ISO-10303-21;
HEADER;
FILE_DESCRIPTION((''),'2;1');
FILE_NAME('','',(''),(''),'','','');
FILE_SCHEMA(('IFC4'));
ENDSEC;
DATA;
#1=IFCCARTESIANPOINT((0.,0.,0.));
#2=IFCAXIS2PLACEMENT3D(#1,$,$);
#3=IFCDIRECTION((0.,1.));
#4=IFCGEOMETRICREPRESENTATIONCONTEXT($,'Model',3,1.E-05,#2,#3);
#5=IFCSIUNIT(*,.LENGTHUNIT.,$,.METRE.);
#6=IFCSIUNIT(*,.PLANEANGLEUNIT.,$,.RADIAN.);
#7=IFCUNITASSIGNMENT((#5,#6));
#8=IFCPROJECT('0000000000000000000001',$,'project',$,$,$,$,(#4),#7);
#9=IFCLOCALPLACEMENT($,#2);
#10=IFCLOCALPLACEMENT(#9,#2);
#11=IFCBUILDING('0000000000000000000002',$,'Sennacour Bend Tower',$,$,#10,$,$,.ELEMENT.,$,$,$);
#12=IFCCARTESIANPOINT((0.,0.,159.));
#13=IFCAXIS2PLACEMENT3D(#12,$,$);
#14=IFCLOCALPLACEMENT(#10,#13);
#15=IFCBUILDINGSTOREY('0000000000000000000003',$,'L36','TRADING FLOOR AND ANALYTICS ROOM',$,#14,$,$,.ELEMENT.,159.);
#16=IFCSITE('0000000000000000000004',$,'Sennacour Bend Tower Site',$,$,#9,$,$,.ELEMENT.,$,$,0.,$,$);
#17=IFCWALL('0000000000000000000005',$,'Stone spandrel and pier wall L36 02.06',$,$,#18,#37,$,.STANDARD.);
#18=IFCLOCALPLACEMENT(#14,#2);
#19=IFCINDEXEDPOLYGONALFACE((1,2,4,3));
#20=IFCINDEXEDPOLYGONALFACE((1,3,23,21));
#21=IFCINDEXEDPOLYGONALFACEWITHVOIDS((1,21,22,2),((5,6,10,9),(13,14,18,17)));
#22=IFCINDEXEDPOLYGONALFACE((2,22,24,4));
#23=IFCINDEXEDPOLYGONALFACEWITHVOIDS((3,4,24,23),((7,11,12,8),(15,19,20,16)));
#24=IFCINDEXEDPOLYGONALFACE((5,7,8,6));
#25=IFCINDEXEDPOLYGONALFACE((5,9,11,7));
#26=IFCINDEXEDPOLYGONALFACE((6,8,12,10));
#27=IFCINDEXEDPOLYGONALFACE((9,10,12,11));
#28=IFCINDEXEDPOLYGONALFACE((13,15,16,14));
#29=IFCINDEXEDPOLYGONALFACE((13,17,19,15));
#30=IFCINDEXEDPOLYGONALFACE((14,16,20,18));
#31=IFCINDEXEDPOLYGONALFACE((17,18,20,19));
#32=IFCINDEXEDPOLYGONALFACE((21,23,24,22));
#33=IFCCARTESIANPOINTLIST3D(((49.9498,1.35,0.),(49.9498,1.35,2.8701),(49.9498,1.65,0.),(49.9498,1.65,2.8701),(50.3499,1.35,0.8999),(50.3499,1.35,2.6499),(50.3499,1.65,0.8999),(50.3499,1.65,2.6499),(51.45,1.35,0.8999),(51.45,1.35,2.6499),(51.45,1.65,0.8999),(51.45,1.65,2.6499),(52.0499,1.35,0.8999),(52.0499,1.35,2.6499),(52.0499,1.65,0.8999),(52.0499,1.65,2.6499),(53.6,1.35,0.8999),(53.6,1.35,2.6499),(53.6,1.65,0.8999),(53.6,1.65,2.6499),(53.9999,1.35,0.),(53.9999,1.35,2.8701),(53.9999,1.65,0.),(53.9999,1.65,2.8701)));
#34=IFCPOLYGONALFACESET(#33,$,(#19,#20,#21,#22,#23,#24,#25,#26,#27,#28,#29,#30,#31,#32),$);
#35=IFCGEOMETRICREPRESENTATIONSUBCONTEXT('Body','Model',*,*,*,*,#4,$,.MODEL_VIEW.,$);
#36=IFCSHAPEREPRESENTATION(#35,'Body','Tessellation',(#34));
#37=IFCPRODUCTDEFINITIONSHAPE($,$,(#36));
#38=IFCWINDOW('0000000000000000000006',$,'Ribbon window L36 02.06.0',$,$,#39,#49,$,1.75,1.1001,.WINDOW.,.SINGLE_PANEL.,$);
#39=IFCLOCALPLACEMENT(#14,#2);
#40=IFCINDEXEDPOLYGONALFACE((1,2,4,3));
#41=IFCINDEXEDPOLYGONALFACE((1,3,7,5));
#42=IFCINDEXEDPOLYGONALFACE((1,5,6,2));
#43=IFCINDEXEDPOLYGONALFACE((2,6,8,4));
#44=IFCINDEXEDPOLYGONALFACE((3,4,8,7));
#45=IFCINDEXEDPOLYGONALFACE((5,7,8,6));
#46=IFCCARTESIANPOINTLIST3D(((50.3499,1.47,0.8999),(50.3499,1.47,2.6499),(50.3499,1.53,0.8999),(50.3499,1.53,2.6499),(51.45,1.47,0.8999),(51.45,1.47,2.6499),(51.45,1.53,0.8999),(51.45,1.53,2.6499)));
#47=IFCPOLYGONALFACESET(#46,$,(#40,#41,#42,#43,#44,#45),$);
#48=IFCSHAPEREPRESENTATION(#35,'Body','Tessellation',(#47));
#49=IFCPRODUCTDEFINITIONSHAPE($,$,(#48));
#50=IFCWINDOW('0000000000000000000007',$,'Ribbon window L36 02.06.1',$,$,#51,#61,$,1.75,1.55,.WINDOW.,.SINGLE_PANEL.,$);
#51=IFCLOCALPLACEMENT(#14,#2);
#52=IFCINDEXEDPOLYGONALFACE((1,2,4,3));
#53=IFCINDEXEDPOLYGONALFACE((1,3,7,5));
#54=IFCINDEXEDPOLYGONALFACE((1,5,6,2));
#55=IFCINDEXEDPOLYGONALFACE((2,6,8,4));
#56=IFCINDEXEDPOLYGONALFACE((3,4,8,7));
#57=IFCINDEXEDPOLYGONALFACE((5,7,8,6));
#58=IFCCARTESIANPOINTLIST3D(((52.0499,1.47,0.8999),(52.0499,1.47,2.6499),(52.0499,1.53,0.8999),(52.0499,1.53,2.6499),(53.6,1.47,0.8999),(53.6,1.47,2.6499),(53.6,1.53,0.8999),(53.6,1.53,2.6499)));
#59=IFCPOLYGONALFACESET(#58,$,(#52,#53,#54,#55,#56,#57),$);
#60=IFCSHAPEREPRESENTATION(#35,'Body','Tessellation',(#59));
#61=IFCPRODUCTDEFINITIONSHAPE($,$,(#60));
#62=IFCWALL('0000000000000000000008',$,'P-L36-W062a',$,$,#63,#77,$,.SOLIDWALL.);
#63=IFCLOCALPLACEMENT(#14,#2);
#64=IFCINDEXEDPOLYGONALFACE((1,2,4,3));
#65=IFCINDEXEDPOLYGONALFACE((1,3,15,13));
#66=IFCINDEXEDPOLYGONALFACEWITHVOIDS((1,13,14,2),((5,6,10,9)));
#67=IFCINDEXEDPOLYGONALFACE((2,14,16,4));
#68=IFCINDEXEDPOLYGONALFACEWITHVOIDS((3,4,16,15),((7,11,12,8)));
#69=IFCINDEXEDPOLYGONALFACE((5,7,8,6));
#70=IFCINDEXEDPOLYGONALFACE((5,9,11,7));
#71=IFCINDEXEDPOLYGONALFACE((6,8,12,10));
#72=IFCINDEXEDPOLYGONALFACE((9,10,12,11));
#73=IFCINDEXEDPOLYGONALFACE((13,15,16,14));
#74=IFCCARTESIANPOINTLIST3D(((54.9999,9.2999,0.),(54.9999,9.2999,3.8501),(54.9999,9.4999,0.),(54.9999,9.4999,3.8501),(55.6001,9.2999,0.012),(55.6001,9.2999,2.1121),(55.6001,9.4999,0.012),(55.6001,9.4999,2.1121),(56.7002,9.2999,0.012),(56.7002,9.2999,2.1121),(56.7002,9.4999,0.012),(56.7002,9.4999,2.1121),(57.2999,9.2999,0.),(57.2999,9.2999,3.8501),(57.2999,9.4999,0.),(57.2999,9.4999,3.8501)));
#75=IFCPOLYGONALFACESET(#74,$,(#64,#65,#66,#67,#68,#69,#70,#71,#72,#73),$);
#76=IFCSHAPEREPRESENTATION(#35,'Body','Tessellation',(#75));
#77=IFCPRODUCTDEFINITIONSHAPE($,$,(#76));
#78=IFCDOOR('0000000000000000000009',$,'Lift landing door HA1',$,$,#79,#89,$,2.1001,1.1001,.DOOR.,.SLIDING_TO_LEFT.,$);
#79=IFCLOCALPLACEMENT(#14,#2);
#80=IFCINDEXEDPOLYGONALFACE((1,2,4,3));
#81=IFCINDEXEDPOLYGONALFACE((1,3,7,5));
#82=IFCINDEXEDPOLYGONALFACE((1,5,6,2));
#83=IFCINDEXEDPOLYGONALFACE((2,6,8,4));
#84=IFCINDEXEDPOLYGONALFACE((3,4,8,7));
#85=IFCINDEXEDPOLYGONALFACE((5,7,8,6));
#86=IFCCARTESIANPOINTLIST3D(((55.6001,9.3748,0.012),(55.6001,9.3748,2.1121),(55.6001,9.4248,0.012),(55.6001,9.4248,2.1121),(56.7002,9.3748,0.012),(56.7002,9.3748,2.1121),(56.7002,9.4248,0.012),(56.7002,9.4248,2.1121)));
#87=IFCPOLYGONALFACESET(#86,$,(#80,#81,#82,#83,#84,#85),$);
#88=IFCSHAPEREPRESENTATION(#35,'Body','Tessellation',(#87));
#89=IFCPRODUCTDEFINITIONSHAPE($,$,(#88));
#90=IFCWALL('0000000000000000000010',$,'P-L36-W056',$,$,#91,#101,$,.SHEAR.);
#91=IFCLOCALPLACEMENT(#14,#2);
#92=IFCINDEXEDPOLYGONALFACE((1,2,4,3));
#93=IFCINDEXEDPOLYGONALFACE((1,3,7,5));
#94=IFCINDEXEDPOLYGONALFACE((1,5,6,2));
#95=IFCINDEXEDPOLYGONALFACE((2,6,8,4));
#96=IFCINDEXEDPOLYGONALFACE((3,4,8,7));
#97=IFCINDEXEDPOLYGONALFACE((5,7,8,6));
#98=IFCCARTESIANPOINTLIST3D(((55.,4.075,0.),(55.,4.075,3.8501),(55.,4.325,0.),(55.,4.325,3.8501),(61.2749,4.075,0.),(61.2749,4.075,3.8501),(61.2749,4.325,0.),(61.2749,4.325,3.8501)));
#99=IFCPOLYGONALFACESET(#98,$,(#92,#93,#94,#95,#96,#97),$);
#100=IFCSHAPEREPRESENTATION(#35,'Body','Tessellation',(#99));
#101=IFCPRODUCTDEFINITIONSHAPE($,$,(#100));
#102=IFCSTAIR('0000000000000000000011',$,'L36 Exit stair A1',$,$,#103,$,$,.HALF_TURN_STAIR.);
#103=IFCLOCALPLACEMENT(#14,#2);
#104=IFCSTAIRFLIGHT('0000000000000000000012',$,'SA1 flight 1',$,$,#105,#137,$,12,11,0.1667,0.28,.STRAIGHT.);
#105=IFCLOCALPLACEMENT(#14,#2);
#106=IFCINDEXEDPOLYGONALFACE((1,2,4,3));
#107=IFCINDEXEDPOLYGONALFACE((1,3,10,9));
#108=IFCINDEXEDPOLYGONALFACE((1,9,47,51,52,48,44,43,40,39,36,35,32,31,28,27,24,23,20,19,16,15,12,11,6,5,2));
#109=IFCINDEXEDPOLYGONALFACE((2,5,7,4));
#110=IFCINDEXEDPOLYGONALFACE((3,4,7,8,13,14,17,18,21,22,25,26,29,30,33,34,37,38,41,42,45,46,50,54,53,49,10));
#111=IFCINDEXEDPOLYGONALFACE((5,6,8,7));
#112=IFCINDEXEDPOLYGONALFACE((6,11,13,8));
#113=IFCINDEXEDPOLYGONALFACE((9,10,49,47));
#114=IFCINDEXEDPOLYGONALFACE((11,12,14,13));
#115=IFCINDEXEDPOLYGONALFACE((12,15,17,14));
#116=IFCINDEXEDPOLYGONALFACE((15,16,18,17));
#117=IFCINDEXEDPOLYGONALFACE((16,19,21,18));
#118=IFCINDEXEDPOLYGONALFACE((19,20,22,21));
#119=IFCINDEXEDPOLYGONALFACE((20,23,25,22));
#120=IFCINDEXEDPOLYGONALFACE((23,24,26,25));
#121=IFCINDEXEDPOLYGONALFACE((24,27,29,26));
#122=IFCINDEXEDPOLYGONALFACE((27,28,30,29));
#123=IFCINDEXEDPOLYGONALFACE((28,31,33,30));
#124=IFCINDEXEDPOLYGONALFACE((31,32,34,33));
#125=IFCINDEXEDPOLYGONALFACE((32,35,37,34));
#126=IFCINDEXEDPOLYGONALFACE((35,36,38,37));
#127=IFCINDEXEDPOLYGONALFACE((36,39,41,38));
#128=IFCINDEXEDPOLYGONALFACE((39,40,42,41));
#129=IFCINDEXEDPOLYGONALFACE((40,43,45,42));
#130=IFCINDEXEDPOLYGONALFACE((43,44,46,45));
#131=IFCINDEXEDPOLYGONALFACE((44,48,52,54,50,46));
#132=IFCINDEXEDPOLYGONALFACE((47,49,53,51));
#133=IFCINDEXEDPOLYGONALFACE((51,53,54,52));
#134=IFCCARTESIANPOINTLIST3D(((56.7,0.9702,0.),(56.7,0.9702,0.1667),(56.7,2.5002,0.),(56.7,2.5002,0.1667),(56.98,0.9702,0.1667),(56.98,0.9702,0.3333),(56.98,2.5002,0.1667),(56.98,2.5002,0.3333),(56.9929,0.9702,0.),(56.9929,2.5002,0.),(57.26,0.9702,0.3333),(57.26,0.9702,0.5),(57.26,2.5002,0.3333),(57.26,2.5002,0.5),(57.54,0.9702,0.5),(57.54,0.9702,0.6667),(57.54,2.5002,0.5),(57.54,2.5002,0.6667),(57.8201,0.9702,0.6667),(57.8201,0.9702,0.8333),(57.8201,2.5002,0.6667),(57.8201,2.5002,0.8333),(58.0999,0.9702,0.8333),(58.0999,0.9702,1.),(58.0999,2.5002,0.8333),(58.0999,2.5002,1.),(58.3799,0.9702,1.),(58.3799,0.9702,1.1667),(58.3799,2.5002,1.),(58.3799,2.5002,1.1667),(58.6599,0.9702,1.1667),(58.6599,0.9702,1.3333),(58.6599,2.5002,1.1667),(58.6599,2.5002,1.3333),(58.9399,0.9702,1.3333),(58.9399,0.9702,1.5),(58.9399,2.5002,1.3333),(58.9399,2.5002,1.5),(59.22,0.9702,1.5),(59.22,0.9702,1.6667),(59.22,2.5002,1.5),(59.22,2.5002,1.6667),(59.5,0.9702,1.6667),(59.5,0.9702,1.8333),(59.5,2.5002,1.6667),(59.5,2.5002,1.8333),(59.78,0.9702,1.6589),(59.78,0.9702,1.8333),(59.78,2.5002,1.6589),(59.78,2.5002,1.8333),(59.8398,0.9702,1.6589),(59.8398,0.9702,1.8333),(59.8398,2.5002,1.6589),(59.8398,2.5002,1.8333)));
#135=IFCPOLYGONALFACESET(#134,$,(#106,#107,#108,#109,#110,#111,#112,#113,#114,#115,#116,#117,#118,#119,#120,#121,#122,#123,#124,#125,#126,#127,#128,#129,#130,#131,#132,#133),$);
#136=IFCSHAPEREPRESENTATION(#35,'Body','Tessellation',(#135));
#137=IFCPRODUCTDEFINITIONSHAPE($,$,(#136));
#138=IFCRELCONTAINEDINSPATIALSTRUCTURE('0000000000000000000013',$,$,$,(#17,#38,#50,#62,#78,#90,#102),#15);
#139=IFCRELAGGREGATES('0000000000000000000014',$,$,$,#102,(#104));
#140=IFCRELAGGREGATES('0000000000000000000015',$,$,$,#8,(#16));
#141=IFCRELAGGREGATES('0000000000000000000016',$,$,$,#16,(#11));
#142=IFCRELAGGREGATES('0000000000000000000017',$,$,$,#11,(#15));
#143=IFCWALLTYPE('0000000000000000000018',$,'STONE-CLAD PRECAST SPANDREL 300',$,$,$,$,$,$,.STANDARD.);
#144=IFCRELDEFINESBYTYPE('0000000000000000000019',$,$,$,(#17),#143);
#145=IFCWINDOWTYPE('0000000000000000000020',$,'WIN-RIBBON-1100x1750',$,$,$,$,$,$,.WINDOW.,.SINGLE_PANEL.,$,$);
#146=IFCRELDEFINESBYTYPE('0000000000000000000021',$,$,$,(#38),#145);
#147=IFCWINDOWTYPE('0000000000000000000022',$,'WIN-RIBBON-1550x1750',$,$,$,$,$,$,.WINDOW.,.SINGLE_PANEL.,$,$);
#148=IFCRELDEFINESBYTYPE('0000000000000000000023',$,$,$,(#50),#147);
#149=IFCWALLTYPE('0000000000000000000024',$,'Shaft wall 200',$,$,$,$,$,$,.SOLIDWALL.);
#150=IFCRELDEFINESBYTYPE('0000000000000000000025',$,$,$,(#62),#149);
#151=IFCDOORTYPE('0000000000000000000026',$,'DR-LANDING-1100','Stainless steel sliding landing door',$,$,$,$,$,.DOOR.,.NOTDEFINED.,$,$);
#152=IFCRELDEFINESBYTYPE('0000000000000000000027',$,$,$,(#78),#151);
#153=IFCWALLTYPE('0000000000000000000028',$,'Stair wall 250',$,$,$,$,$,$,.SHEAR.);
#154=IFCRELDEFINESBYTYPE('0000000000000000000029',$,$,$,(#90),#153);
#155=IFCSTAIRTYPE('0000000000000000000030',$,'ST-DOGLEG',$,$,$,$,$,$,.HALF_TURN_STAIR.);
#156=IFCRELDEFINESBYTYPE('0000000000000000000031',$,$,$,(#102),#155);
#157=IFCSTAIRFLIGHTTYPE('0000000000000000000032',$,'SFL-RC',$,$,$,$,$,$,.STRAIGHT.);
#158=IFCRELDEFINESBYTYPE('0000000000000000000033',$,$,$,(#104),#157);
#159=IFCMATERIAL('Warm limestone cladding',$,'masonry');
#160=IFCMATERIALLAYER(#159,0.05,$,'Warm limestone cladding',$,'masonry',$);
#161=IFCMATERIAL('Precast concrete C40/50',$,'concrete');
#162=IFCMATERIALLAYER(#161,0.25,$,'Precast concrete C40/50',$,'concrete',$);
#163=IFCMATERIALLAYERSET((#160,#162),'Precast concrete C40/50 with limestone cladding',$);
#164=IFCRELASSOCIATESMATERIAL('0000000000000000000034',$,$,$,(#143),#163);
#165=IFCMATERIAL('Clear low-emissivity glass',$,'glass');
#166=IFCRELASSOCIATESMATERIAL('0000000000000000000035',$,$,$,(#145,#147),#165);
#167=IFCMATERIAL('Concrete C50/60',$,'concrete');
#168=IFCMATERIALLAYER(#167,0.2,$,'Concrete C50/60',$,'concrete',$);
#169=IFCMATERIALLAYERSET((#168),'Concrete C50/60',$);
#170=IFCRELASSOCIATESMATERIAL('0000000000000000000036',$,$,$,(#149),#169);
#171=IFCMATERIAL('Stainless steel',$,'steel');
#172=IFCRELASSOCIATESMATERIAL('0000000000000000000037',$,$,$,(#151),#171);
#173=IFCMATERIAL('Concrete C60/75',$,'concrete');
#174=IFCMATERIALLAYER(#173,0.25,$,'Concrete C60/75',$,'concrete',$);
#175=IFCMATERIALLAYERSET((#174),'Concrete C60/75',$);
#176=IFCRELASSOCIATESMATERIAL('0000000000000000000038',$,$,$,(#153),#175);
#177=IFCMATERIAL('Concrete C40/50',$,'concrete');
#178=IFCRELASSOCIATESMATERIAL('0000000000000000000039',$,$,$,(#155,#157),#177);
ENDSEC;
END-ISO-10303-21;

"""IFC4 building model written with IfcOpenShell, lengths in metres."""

from ifc_helpers import new_model, si_unit, direction, frame, frame_2d, origin, place, context, subcontext, project, spatial, polyline, rectangle, outline, extrude, material, layer, layer_set, type_object, element, fill, aggregate, save


model = new_model("IFC4")

# Units and contexts
model_context = context("Model", 3, precision=1e-05, world=origin(), true_north=direction((0.0, 1.0)))
body_context = subcontext(model_context, "Body", "Model", "MODEL_VIEW")
ifc_project = project(units=[si_unit("LENGTHUNIT", "METRE"), si_unit("PLANEANGLEUNIT", "RADIAN")], contexts=[model_context])

# Site, building, storey
site_placement = place(None, origin())
site = spatial("IfcSite", under=ifc_project, at=site_placement, Name="Sennacour Bend Tower Site", CompositionType="ELEMENT", RefElevation=0.0)
building_placement = place(site_placement, origin())
building = spatial("IfcBuilding", under=site, at=building_placement, Name="Sennacour Bend Tower", CompositionType="ELEMENT")
storey_placement = place(building_placement, frame((0.0, 0.0, 159.0)))
storey = spatial("IfcBuildingStorey", under=building, at=storey_placement, Name="L36", Description="TRADING FLOOR AND ANALYTICS ROOM", CompositionType="ELEMENT", Elevation=159.0)

# Shared definitions
ifc_material_1 = material(Name="Concrete C60/75", Category="concrete")

# Wall, openings, windows
ifc_material_2 = material(Name="Warm limestone cladding", Category="masonry")
ifc_layer_1 = layer(ifc_material_2, 0.05, Name="Warm limestone cladding", Category="masonry")
ifc_material_3 = material(Name="Precast concrete C40/50", Category="concrete")
ifc_layer_2 = layer(ifc_material_3, 0.25, Name="Precast concrete C40/50", Category="concrete")
ifc_layer_set_1 = layer_set([ifc_layer_1, ifc_layer_2], Name="Precast concrete C40/50 with limestone cladding")
wall_type_1 = type_object("IfcWallType", Name="STONE-CLAD PRECAST SPANDREL 300", PredefinedType="STANDARD", material=ifc_layer_set_1)
wall_1_placement = place(storey_placement, frame((49.95, 1.5, 0.0), z_axis=(0.0, 0.0, 1.0), x_axis=(1.0, 0.0, 0.0)))
wall_1 = element("IfcWall", 1, at=wall_1_placement, inside=storey, type_object=wall_type_1, Name="Stone spandrel and pier wall L36 02.06", PredefinedType="STANDARD", context=body_context, shape_type="SweptSolid", body=[
    extrude(rectangle(XDim=4.05, YDim=0.3, at=frame_2d((2.0249, 0.0))), origin(), (0.0, 0.0, 1.0), 2.8701),
])
opening_1_placement = place(wall_1_placement, frame((0.3999, 0.0, 0.8999)))
opening_1 = element("IfcOpeningElement", 2, at=opening_1_placement, cuts=wall_1, PredefinedType="OPENING", context=body_context, shape_type="SweptSolid", body=[
    extrude(rectangle(XDim=1.1001, YDim=1.75, at=frame_2d((0.55, 0.875))), frame((0.0, 0.1602, 0.0), z_axis=(0.0, -1.0, 0.0), x_axis=(1.0, 0.0, 0.0)), (0.0, 0.0, 1.0), 0.3201),
])
opening_2_placement = place(wall_1_placement, frame((2.1001, 0.0, 0.8999)))
opening_2 = element("IfcOpeningElement", 3, at=opening_2_placement, cuts=wall_1, PredefinedType="OPENING", context=body_context, shape_type="SweptSolid", body=[
    extrude(rectangle(XDim=1.55, YDim=1.75, at=frame_2d((0.7749, 0.875))), frame((0.0, 0.1602, 0.0), z_axis=(0.0, -1.0, 0.0), x_axis=(1.0, 0.0, 0.0)), (0.0, 0.0, 1.0), 0.3201),
])
ifc_material_4 = material(Name="Clear low-emissivity glass", Category="glass")
window_type_1 = type_object("IfcWindowType", Name="WIN-RIBBON-1100x1750", PartitioningType="SINGLE_PANEL", PredefinedType="WINDOW", material=ifc_material_4)
window_1_placement = place(opening_1_placement, origin())
window_1 = element("IfcWindow", 4, at=window_1_placement, inside=storey, type_object=window_type_1, Name="Ribbon window L36 02.06.0", OverallHeight=1.75, OverallWidth=1.1001, PartitioningType="SINGLE_PANEL", PredefinedType="WINDOW", context=body_context, shape_type="SweptSolid", body=[
    extrude(rectangle(XDim=1.1001, YDim=1.75, at=frame_2d((0.55, 0.875))), frame((0.0, 0.03, 0.0), z_axis=(0.0, -1.0, 0.0), x_axis=(1.0, 0.0, 0.0)), (0.0, 0.0, 1.0), 0.0601),
])
fill(opening_1, window_1)
window_type_2 = type_object("IfcWindowType", Name="WIN-RIBBON-1550x1750", PartitioningType="SINGLE_PANEL", PredefinedType="WINDOW", material=ifc_material_4)
window_2_placement = place(opening_2_placement, origin())
window_2 = element("IfcWindow", 5, at=window_2_placement, inside=storey, type_object=window_type_2, Name="Ribbon window L36 02.06.1", OverallHeight=1.75, OverallWidth=1.55, PartitioningType="SINGLE_PANEL", PredefinedType="WINDOW", context=body_context, shape_type="SweptSolid", body=[
    extrude(rectangle(XDim=1.55, YDim=1.75, at=frame_2d((0.7749, 0.875))), frame((0.0, 0.03, 0.0), z_axis=(0.0, -1.0, 0.0), x_axis=(1.0, 0.0, 0.0)), (0.0, 0.0, 1.0), 0.0601),
])
fill(opening_2, window_2)

# Wall, opening, door
ifc_material_5 = material(Name="Concrete C50/60", Category="concrete")
ifc_layer_3 = layer(ifc_material_5, 0.2, Name="Concrete C50/60", Category="concrete")
ifc_layer_set_2 = layer_set([ifc_layer_3], Name="Concrete C50/60")
wall_type_2 = type_object("IfcWallType", Name="Shaft wall 200", PredefinedType="SOLIDWALL", material=ifc_layer_set_2)
wall_2_placement = place(storey_placement, frame((55.0, 9.3999, 0.0), z_axis=(0.0, 0.0, 1.0), x_axis=(1.0, 0.0, 0.0)))
wall_2 = element("IfcWall", 6, at=wall_2_placement, inside=storey, type_object=wall_type_2, Name="P-L36-W062a", PredefinedType="SOLIDWALL", context=body_context, shape_type="SweptSolid", body=[
    extrude(rectangle(XDim=2.3, YDim=0.2, at=frame_2d((1.1499, 0.0))), origin(), (0.0, 0.0, 1.0), 3.8501),
])
opening_3_placement = place(wall_2_placement, frame((0.6001, 0.0, 0.012)))
opening_3 = element("IfcOpeningElement", 7, at=opening_3_placement, cuts=wall_2, PredefinedType="OPENING", context=body_context, shape_type="SweptSolid", body=[
    extrude(rectangle(XDim=1.1001, YDim=2.1001, at=frame_2d((0.55, 1.05))), frame((0.0, 0.1099, 0.0), z_axis=(0.0, -1.0, 0.0), x_axis=(1.0, 0.0, 0.0)), (0.0, 0.0, 1.0), 0.22),
])
ifc_material_6 = material(Name="Stainless steel", Category="steel")
door_type_1 = type_object("IfcDoorType", Name="DR-LANDING-1100", Description="Stainless steel sliding landing door", OperationType="NOTDEFINED", PredefinedType="DOOR", material=ifc_material_6)
door_1_placement = place(opening_3_placement, origin())
door_1 = element("IfcDoor", 8, at=door_1_placement, inside=storey, type_object=door_type_1, Name="Lift landing door HA1", OperationType="SLIDING_TO_LEFT", OverallHeight=2.1001, OverallWidth=1.1001, PredefinedType="DOOR", context=body_context, shape_type="SweptSolid", body=[
    extrude(rectangle(XDim=1.1001, YDim=2.1001, at=frame_2d((0.55, 1.05))), frame((0.0, 0.0249, 0.0), z_axis=(0.0, -1.0, 0.0), x_axis=(1.0, 0.0, 0.0)), (0.0, 0.0, 1.0), 0.05),
])
fill(opening_3, door_1)

# Wall
ifc_layer_4 = layer(ifc_material_1, 0.25, Name="Concrete C60/75", Category="concrete")
ifc_layer_set_3 = layer_set([ifc_layer_4], Name="Concrete C60/75")
wall_type_3 = type_object("IfcWallType", Name="Stair wall 250", PredefinedType="SHEAR", material=ifc_layer_set_3)
wall_3_placement = place(storey_placement, frame((55.0, 4.2, 0.0), z_axis=(0.0, 0.0, 1.0), x_axis=(1.0, 0.0, 0.0)))
element("IfcWall", 9, at=wall_3_placement, inside=storey, type_object=wall_type_3, Name="P-L36-W056", PredefinedType="SHEAR", context=body_context, shape_type="SweptSolid", body=[
    extrude(rectangle(XDim=6.2749, YDim=0.25, at=frame_2d((3.1375, 0.0))), origin(), (0.0, 0.0, 1.0), 3.8501),
])

# Stair, stair flight
ifc_material_7 = material(Name="Concrete C40/50", Category="concrete")
stair_type = type_object("IfcStairType", Name="ST-DOGLEG", PredefinedType="HALF_TURN_STAIR", material=ifc_material_7)
stair_placement = place(storey_placement, origin())
stair = element("IfcStair", 10, at=stair_placement, inside=storey, type_object=stair_type, Name="L36 Exit stair A1", PredefinedType="HALF_TURN_STAIR")
stair_flight_type = type_object("IfcStairFlightType", Name="SFL-RC", PredefinedType="STRAIGHT", material=ifc_material_7)
stair_flight_placement = place(storey_placement, frame((56.7, 1.7351, 0.0), z_axis=(0.0, 0.0, 1.0), x_axis=(1.0, 0.0, 0.0)))
stair_flight = element("IfcStairFlight", 11, at=stair_flight_placement, type_object=stair_flight_type, Name="SA1 flight 1", NumberOfRisers=12, NumberOfTreads=11, PredefinedType="STRAIGHT", RiserHeight=0.1667, TreadLength=0.28, context=body_context, shape_type="SweptSolid", body=[
    extrude(outline(polyline([(0.0, 0.0), (0.0, 0.1667), (0.28, 0.1667), (0.28, 0.3333), (0.5601, 0.3333), (0.5601, 0.5), (0.8401, 0.5), (0.8401, 0.6667), (1.1201, 0.6667), (1.1201, 0.8333), (1.3999, 0.8333), (1.3999, 1.0), (1.6799, 1.0), (1.6799, 1.1667), (1.96, 1.1667), (1.96, 1.3333), (2.24, 1.3333), (2.24, 1.5), (2.52, 1.5), (2.52, 1.6667), (2.8, 1.6667), (2.8, 1.8333), (3.0801, 1.8333), (3.1399, 1.8333), (3.1399, 1.6589), (3.0801, 1.6589), (0.293, 0.0), (0.0, 0.0)])), frame((0.0, 0.7651, 0.0), z_axis=(0.0, -1.0, 0.0), x_axis=(1.0, 0.0, 0.0)), (0.0, 0.0, 1.0), 1.53),
])
aggregate(stair, [stair_flight])

save(model, "model.ifc")
